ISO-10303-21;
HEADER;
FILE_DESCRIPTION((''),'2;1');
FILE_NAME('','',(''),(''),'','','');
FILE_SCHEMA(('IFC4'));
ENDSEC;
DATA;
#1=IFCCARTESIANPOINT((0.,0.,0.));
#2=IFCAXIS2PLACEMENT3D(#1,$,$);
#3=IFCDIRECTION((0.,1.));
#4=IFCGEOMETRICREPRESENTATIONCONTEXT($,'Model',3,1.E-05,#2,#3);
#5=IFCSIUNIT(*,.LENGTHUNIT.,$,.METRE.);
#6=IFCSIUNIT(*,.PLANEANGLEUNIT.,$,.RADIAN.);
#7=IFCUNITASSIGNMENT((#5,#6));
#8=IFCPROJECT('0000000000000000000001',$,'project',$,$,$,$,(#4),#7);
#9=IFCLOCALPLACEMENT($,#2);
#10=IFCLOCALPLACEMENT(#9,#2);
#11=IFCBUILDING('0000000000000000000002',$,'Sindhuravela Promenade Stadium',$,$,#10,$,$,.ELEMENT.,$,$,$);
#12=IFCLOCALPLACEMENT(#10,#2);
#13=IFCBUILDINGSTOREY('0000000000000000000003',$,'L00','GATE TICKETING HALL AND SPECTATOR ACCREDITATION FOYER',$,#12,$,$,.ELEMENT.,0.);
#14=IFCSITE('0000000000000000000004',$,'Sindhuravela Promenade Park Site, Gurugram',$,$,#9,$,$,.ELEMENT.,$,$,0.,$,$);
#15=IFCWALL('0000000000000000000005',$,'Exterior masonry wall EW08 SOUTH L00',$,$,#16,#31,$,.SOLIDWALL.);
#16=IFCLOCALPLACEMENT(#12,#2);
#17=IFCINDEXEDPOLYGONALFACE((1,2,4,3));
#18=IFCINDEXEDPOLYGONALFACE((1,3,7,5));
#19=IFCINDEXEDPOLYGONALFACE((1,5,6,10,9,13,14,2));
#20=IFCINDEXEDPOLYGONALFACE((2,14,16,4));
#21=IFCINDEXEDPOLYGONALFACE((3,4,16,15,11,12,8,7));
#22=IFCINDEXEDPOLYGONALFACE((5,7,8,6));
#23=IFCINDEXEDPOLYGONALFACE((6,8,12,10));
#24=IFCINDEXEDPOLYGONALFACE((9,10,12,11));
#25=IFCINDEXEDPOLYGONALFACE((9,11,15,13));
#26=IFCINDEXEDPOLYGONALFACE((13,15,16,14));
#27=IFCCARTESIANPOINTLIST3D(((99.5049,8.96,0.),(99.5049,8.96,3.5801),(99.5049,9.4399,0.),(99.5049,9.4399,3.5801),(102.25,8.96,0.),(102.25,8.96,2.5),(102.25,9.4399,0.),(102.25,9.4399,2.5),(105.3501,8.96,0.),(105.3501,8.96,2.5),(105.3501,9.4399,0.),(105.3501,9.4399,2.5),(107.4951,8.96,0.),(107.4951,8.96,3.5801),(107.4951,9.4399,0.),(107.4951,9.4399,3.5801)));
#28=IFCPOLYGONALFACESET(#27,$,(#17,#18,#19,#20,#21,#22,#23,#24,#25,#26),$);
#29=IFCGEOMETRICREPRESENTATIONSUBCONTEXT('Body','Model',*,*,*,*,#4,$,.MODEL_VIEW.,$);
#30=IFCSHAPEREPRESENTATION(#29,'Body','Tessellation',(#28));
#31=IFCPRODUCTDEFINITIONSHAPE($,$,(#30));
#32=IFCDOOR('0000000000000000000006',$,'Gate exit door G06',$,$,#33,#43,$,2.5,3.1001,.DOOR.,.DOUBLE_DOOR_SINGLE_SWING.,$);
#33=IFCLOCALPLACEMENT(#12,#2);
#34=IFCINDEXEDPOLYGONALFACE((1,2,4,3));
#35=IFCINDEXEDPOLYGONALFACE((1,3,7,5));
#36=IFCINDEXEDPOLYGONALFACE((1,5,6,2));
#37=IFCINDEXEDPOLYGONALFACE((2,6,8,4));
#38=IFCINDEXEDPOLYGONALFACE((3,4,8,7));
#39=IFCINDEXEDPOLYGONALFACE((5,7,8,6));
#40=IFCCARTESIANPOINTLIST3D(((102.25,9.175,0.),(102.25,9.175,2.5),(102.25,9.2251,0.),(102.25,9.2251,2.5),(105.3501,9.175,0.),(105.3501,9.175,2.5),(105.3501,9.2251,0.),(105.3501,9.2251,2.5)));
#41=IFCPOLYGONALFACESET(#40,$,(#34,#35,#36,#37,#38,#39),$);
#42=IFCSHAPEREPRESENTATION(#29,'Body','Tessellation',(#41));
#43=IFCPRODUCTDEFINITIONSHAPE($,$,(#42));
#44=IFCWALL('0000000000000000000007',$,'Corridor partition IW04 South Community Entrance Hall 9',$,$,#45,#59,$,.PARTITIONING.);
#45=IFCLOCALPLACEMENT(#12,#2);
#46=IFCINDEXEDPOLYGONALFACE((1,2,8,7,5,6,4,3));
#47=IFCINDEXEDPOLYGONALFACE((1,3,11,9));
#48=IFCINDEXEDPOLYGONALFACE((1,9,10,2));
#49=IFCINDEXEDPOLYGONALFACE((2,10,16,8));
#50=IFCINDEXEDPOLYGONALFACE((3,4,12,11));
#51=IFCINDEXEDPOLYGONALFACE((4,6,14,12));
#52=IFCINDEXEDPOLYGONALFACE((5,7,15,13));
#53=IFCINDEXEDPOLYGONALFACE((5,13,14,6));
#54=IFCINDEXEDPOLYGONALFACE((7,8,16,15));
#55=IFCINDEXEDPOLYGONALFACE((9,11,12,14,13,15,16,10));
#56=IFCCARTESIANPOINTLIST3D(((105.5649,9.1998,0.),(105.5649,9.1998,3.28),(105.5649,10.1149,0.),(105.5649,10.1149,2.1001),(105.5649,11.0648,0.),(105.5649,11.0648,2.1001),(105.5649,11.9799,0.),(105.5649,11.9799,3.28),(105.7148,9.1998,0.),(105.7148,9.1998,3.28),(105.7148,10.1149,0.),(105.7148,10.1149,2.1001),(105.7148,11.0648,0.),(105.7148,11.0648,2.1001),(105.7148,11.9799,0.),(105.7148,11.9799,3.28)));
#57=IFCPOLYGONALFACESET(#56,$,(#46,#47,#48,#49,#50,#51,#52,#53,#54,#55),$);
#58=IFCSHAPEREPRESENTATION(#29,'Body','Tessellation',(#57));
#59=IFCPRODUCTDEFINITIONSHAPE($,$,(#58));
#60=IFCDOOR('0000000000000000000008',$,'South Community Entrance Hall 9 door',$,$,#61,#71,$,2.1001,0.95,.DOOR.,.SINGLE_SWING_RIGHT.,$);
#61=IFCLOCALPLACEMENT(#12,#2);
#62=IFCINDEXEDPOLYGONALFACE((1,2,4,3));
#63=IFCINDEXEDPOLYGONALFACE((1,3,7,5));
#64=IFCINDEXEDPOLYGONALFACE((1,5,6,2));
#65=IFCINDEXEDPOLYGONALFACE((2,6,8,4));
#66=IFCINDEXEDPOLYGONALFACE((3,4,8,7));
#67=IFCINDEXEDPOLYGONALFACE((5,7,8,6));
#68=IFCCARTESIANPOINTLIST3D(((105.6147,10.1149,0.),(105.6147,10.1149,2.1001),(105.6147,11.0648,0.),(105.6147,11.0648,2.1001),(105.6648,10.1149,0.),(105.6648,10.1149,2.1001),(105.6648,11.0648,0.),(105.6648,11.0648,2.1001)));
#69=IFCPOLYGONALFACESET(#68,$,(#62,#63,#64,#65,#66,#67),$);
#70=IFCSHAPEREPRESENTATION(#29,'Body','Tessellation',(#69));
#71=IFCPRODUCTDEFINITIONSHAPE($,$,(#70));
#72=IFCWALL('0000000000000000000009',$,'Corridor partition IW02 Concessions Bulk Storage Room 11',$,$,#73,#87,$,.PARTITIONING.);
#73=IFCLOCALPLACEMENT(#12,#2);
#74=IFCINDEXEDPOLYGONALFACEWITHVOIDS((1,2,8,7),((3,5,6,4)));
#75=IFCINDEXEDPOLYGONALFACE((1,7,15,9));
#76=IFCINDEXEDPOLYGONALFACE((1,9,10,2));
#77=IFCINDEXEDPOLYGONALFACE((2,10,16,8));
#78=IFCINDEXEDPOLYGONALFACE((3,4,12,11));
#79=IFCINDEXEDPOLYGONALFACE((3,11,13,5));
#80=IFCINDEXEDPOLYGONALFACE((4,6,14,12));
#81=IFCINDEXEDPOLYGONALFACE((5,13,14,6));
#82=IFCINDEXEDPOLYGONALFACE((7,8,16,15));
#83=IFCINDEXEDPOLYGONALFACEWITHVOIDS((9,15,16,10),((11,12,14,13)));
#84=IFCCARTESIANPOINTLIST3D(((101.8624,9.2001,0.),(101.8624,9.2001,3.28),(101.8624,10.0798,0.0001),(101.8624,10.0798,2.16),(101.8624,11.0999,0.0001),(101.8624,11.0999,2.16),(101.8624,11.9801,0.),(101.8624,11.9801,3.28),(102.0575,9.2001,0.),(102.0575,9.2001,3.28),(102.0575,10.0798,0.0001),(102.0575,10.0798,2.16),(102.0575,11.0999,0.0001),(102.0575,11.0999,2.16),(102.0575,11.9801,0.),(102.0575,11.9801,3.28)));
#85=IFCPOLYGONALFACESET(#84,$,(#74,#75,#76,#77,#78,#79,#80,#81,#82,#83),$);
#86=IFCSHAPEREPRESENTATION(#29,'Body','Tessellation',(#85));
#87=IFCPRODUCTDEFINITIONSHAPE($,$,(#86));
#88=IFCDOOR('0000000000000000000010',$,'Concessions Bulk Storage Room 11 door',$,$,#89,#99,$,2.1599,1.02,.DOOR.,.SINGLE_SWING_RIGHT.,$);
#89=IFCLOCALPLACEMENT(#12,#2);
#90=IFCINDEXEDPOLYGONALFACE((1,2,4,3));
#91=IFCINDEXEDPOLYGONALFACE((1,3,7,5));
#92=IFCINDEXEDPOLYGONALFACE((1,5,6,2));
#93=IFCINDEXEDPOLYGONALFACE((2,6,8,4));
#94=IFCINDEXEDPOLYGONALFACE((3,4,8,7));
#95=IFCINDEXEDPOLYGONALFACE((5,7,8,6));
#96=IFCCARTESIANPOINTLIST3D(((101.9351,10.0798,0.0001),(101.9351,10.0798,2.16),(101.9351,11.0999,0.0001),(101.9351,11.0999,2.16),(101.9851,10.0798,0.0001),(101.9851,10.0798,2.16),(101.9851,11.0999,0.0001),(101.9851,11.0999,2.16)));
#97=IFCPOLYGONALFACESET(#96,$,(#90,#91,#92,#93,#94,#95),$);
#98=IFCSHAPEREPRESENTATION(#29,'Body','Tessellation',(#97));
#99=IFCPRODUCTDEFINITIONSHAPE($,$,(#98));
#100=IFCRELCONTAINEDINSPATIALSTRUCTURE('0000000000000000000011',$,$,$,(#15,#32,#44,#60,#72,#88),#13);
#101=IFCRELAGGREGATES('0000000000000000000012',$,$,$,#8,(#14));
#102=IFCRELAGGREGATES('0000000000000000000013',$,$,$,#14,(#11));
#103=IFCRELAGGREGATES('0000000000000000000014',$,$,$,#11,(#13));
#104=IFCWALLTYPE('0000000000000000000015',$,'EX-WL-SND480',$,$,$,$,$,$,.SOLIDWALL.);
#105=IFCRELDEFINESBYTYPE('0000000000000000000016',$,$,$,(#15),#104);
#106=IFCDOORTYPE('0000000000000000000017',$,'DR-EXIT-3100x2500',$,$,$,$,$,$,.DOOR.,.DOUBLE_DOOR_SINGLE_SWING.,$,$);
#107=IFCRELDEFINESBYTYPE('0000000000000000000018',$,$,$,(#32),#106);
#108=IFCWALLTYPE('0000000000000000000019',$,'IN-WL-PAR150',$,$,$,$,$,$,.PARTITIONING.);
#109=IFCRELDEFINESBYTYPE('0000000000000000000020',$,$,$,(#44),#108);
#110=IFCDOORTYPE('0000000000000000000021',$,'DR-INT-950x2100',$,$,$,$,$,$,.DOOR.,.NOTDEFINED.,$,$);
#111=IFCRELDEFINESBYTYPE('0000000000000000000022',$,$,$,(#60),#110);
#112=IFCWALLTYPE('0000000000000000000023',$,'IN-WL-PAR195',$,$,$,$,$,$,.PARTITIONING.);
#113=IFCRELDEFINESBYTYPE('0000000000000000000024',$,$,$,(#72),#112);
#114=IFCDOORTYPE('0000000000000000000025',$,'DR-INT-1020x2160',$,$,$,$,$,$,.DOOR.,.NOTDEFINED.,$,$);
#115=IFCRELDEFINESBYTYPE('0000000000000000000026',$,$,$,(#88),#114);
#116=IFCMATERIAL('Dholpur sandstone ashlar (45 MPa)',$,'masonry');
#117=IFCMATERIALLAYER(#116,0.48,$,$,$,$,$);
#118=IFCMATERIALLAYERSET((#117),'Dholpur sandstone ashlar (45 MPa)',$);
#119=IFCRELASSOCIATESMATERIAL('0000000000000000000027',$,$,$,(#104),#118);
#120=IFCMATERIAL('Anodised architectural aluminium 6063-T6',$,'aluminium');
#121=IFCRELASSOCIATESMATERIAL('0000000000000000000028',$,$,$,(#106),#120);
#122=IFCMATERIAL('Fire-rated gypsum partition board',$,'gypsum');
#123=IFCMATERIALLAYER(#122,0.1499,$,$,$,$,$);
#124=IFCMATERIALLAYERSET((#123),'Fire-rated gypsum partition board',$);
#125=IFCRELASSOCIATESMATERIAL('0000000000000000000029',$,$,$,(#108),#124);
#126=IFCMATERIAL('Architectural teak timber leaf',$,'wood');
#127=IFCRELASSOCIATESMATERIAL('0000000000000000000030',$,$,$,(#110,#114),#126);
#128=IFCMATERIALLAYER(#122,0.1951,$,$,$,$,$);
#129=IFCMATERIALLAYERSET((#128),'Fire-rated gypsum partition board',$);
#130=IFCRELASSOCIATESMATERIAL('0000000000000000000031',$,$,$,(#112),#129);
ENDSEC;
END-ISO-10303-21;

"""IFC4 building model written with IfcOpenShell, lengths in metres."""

from ifc_helpers import new_model, si_unit, direction, frame, frame_2d, origin, place, context, subcontext, project, spatial, rectangle, extrude, material, layer, layer_set, type_object, element, fill, save


model = new_model("IFC4")

# Units and contexts
model_context = context("Model", 3, precision=1e-05, world=origin(), true_north=direction((0.0, 1.0)))
body_context = subcontext(model_context, "Body", "Model", "MODEL_VIEW")
ifc_project = project(units=[si_unit("LENGTHUNIT", "METRE"), si_unit("PLANEANGLEUNIT", "RADIAN")], contexts=[model_context])

# Site, building, storey
site_placement = place(None, origin())
site = spatial("IfcSite", under=ifc_project, at=site_placement, Name="Sindhuravela Promenade Park Site, Gurugram", CompositionType="ELEMENT", RefElevation=0.0)
building_placement = place(site_placement, origin())
building = spatial("IfcBuilding", under=site, at=building_placement, Name="Sindhuravela Promenade Stadium", CompositionType="ELEMENT")
storey_placement = place(building_placement, origin())
storey = spatial("IfcBuildingStorey", under=building, at=storey_placement, Name="L00", Description="GATE TICKETING HALL AND SPECTATOR ACCREDITATION FOYER", CompositionType="ELEMENT", Elevation=0.0)

# Wall, opening, door
ifc_material_1 = material(Name="Dholpur sandstone ashlar (45 MPa)", Category="masonry")
ifc_layer_1 = layer(ifc_material_1, 0.48)
ifc_layer_set_1 = layer_set([ifc_layer_1], Name="Dholpur sandstone ashlar (45 MPa)")
wall_type_1 = type_object("IfcWallType", Name="EX-WL-SND480", PredefinedType="SOLIDWALL", material=ifc_layer_set_1)
wall_1_placement = place(storey_placement, frame((107.4951, 9.2, 0.0), z_axis=(0.0, 0.0, 1.0), x_axis=(-1.0, 0.0, 0.0)))
wall_1 = element("IfcWall", 1, at=wall_1_placement, inside=storey, type_object=wall_type_1, Name="Exterior masonry wall EW08 SOUTH L00", PredefinedType="SOLIDWALL", context=body_context, shape_type="SweptSolid", body=[
    extrude(rectangle(XDim=7.9902, YDim=0.48, at=frame_2d((3.9951, 0.0))), origin(), (0.0, 0.0, 1.0), 3.5801),
])
opening_1_placement = place(wall_1_placement, frame((2.145, 0.0, 0.0)))
opening_1 = element("IfcOpeningElement", 2, at=opening_1_placement, cuts=wall_1, PredefinedType="OPENING", context=body_context, shape_type="SweptSolid", body=[
    extrude(rectangle(XDim=3.1001, YDim=2.5, at=frame_2d((1.55, 1.25))), frame((0.0, 0.25, 0.0), z_axis=(0.0, -1.0, 0.0), x_axis=(1.0, 0.0, 0.0)), (0.0, 0.0, 1.0), 0.5),
])
ifc_material_2 = material(Name="Anodised architectural aluminium 6063-T6", Category="aluminium")
door_type_1 = type_object("IfcDoorType", Name="DR-EXIT-3100x2500", OperationType="DOUBLE_DOOR_SINGLE_SWING", PredefinedType="DOOR", material=ifc_material_2)
door_1_placement = place(opening_1_placement, origin())
door_1 = element("IfcDoor", 3, at=door_1_placement, inside=storey, type_object=door_type_1, Name="Gate exit door G06", OperationType="DOUBLE_DOOR_SINGLE_SWING", OverallHeight=2.5, OverallWidth=3.1001, PredefinedType="DOOR", context=body_context, shape_type="SweptSolid", body=[
    extrude(rectangle(XDim=3.1001, YDim=2.5, at=frame_2d((1.55, 1.25))), frame((0.0, 0.0249, 0.0), z_axis=(0.0, -1.0, 0.0), x_axis=(1.0, 0.0, 0.0)), (0.0, 0.0, 1.0), 0.05),
])
fill(opening_1, door_1)

# Shared definitions
ifc_material_3 = material(Name="Fire-rated gypsum partition board", Category="gypsum")

# Walls, openings, doors
ifc_layer_2 = layer(ifc_material_3, 0.1499)
ifc_layer_set_2 = layer_set([ifc_layer_2], Name="Fire-rated gypsum partition board")
wall_type_2 = type_object("IfcWallType", Name="IN-WL-PAR150", PredefinedType="PARTITIONING", material=ifc_layer_set_2)
wall_2_placement = place(storey_placement, frame((105.6399, 11.98, 0.0), z_axis=(0.0, 0.0, 1.0), x_axis=(0.0, -1.0, 0.0)))
wall_2 = element("IfcWall", 4, at=wall_2_placement, inside=storey, type_object=wall_type_2, Name="Corridor partition IW04 South Community Entrance Hall 9", PredefinedType="PARTITIONING", context=body_context, shape_type="SweptSolid", body=[
    extrude(rectangle(XDim=2.78, YDim=0.1499, at=frame_2d((1.3901, 0.0))), origin(), (0.0, 0.0, 1.0), 3.28),
])
opening_2_placement = place(wall_2_placement, frame((0.915, 0.0, 0.0)))
opening_2 = element("IfcOpeningElement", 5, at=opening_2_placement, cuts=wall_2, PredefinedType="OPENING", context=body_context, shape_type="SweptSolid", body=[
    extrude(rectangle(XDim=0.95, YDim=2.1001, at=frame_2d((0.4751, 1.05))), frame((0.0, 0.085, 0.0), z_axis=(0.0, -1.0, 0.0), x_axis=(1.0, 0.0, 0.0)), (0.0, 0.0, 1.0), 0.1699),
])
ifc_material_4 = material(Name="Architectural teak timber leaf", Category="wood")
door_type_2 = type_object("IfcDoorType", Name="DR-INT-950x2100", OperationType="NOTDEFINED", PredefinedType="DOOR", material=ifc_material_4)
door_2_placement = place(opening_2_placement, origin())
door_2 = element("IfcDoor", 6, at=door_2_placement, inside=storey, type_object=door_type_2, Name="South Community Entrance Hall 9 door", OperationType="SINGLE_SWING_RIGHT", OverallHeight=2.1001, OverallWidth=0.95, PredefinedType="DOOR", context=body_context, shape_type="SweptSolid", body=[
    extrude(rectangle(XDim=0.95, YDim=2.1001, at=frame_2d((0.4751, 1.05))), frame((0.0, 0.0249, 0.0), z_axis=(0.0, -1.0, 0.0), x_axis=(1.0, 0.0, 0.0)), (0.0, 0.0, 1.0), 0.05),
])
fill(opening_2, door_2)
ifc_layer_3 = layer(ifc_material_3, 0.1951)
ifc_layer_set_3 = layer_set([ifc_layer_3], Name="Fire-rated gypsum partition board")
wall_type_3 = type_object("IfcWallType", Name="IN-WL-PAR195", PredefinedType="PARTITIONING", material=ifc_layer_set_3)
wall_3_placement = place(storey_placement, frame((101.96, 9.2, 0.0), z_axis=(0.0, 0.0, 1.0), x_axis=(0.0, 1.0, 0.0)))
wall_3 = element("IfcWall", 7, at=wall_3_placement, inside=storey, type_object=wall_type_3, Name="Corridor partition IW02 Concessions Bulk Storage Room 11", PredefinedType="PARTITIONING", context=body_context, shape_type="SweptSolid", body=[
    extrude(rectangle(XDim=2.78, YDim=0.1951, at=frame_2d((1.3901, 0.0))), origin(), (0.0, 0.0, 1.0), 3.28),
])
opening_3_placement = place(wall_3_placement, frame((0.8799, 0.0, 0.0)))
opening_3 = element("IfcOpeningElement", 8, at=opening_3_placement, cuts=wall_3, PredefinedType="OPENING", context=body_context, shape_type="SweptSolid", body=[
    extrude(rectangle(XDim=1.02, YDim=2.1599, at=frame_2d((0.51, 1.0801))), frame((0.0, 0.1074, 0.0), z_axis=(0.0, -1.0, 0.0), x_axis=(1.0, 0.0, 0.0)), (0.0, 0.0, 1.0), 0.2151),
])
door_type_3 = type_object("IfcDoorType", Name="DR-INT-1020x2160", OperationType="NOTDEFINED", PredefinedType="DOOR", material=ifc_material_4)
door_3_placement = place(opening_3_placement, origin())
door_3 = element("IfcDoor", 9, at=door_3_placement, inside=storey, type_object=door_type_3, Name="Concessions Bulk Storage Room 11 door", OperationType="SINGLE_SWING_RIGHT", OverallHeight=2.1599, OverallWidth=1.02, PredefinedType="DOOR", context=body_context, shape_type="SweptSolid", body=[
    extrude(rectangle(XDim=1.02, YDim=2.1599, at=frame_2d((0.51, 1.0801))), frame((0.0, 0.0249, 0.0), z_axis=(0.0, -1.0, 0.0), x_axis=(1.0, 0.0, 0.0)), (0.0, 0.0, 1.0), 0.05),
])
fill(opening_3, door_3)

save(model, "model.ifc")
